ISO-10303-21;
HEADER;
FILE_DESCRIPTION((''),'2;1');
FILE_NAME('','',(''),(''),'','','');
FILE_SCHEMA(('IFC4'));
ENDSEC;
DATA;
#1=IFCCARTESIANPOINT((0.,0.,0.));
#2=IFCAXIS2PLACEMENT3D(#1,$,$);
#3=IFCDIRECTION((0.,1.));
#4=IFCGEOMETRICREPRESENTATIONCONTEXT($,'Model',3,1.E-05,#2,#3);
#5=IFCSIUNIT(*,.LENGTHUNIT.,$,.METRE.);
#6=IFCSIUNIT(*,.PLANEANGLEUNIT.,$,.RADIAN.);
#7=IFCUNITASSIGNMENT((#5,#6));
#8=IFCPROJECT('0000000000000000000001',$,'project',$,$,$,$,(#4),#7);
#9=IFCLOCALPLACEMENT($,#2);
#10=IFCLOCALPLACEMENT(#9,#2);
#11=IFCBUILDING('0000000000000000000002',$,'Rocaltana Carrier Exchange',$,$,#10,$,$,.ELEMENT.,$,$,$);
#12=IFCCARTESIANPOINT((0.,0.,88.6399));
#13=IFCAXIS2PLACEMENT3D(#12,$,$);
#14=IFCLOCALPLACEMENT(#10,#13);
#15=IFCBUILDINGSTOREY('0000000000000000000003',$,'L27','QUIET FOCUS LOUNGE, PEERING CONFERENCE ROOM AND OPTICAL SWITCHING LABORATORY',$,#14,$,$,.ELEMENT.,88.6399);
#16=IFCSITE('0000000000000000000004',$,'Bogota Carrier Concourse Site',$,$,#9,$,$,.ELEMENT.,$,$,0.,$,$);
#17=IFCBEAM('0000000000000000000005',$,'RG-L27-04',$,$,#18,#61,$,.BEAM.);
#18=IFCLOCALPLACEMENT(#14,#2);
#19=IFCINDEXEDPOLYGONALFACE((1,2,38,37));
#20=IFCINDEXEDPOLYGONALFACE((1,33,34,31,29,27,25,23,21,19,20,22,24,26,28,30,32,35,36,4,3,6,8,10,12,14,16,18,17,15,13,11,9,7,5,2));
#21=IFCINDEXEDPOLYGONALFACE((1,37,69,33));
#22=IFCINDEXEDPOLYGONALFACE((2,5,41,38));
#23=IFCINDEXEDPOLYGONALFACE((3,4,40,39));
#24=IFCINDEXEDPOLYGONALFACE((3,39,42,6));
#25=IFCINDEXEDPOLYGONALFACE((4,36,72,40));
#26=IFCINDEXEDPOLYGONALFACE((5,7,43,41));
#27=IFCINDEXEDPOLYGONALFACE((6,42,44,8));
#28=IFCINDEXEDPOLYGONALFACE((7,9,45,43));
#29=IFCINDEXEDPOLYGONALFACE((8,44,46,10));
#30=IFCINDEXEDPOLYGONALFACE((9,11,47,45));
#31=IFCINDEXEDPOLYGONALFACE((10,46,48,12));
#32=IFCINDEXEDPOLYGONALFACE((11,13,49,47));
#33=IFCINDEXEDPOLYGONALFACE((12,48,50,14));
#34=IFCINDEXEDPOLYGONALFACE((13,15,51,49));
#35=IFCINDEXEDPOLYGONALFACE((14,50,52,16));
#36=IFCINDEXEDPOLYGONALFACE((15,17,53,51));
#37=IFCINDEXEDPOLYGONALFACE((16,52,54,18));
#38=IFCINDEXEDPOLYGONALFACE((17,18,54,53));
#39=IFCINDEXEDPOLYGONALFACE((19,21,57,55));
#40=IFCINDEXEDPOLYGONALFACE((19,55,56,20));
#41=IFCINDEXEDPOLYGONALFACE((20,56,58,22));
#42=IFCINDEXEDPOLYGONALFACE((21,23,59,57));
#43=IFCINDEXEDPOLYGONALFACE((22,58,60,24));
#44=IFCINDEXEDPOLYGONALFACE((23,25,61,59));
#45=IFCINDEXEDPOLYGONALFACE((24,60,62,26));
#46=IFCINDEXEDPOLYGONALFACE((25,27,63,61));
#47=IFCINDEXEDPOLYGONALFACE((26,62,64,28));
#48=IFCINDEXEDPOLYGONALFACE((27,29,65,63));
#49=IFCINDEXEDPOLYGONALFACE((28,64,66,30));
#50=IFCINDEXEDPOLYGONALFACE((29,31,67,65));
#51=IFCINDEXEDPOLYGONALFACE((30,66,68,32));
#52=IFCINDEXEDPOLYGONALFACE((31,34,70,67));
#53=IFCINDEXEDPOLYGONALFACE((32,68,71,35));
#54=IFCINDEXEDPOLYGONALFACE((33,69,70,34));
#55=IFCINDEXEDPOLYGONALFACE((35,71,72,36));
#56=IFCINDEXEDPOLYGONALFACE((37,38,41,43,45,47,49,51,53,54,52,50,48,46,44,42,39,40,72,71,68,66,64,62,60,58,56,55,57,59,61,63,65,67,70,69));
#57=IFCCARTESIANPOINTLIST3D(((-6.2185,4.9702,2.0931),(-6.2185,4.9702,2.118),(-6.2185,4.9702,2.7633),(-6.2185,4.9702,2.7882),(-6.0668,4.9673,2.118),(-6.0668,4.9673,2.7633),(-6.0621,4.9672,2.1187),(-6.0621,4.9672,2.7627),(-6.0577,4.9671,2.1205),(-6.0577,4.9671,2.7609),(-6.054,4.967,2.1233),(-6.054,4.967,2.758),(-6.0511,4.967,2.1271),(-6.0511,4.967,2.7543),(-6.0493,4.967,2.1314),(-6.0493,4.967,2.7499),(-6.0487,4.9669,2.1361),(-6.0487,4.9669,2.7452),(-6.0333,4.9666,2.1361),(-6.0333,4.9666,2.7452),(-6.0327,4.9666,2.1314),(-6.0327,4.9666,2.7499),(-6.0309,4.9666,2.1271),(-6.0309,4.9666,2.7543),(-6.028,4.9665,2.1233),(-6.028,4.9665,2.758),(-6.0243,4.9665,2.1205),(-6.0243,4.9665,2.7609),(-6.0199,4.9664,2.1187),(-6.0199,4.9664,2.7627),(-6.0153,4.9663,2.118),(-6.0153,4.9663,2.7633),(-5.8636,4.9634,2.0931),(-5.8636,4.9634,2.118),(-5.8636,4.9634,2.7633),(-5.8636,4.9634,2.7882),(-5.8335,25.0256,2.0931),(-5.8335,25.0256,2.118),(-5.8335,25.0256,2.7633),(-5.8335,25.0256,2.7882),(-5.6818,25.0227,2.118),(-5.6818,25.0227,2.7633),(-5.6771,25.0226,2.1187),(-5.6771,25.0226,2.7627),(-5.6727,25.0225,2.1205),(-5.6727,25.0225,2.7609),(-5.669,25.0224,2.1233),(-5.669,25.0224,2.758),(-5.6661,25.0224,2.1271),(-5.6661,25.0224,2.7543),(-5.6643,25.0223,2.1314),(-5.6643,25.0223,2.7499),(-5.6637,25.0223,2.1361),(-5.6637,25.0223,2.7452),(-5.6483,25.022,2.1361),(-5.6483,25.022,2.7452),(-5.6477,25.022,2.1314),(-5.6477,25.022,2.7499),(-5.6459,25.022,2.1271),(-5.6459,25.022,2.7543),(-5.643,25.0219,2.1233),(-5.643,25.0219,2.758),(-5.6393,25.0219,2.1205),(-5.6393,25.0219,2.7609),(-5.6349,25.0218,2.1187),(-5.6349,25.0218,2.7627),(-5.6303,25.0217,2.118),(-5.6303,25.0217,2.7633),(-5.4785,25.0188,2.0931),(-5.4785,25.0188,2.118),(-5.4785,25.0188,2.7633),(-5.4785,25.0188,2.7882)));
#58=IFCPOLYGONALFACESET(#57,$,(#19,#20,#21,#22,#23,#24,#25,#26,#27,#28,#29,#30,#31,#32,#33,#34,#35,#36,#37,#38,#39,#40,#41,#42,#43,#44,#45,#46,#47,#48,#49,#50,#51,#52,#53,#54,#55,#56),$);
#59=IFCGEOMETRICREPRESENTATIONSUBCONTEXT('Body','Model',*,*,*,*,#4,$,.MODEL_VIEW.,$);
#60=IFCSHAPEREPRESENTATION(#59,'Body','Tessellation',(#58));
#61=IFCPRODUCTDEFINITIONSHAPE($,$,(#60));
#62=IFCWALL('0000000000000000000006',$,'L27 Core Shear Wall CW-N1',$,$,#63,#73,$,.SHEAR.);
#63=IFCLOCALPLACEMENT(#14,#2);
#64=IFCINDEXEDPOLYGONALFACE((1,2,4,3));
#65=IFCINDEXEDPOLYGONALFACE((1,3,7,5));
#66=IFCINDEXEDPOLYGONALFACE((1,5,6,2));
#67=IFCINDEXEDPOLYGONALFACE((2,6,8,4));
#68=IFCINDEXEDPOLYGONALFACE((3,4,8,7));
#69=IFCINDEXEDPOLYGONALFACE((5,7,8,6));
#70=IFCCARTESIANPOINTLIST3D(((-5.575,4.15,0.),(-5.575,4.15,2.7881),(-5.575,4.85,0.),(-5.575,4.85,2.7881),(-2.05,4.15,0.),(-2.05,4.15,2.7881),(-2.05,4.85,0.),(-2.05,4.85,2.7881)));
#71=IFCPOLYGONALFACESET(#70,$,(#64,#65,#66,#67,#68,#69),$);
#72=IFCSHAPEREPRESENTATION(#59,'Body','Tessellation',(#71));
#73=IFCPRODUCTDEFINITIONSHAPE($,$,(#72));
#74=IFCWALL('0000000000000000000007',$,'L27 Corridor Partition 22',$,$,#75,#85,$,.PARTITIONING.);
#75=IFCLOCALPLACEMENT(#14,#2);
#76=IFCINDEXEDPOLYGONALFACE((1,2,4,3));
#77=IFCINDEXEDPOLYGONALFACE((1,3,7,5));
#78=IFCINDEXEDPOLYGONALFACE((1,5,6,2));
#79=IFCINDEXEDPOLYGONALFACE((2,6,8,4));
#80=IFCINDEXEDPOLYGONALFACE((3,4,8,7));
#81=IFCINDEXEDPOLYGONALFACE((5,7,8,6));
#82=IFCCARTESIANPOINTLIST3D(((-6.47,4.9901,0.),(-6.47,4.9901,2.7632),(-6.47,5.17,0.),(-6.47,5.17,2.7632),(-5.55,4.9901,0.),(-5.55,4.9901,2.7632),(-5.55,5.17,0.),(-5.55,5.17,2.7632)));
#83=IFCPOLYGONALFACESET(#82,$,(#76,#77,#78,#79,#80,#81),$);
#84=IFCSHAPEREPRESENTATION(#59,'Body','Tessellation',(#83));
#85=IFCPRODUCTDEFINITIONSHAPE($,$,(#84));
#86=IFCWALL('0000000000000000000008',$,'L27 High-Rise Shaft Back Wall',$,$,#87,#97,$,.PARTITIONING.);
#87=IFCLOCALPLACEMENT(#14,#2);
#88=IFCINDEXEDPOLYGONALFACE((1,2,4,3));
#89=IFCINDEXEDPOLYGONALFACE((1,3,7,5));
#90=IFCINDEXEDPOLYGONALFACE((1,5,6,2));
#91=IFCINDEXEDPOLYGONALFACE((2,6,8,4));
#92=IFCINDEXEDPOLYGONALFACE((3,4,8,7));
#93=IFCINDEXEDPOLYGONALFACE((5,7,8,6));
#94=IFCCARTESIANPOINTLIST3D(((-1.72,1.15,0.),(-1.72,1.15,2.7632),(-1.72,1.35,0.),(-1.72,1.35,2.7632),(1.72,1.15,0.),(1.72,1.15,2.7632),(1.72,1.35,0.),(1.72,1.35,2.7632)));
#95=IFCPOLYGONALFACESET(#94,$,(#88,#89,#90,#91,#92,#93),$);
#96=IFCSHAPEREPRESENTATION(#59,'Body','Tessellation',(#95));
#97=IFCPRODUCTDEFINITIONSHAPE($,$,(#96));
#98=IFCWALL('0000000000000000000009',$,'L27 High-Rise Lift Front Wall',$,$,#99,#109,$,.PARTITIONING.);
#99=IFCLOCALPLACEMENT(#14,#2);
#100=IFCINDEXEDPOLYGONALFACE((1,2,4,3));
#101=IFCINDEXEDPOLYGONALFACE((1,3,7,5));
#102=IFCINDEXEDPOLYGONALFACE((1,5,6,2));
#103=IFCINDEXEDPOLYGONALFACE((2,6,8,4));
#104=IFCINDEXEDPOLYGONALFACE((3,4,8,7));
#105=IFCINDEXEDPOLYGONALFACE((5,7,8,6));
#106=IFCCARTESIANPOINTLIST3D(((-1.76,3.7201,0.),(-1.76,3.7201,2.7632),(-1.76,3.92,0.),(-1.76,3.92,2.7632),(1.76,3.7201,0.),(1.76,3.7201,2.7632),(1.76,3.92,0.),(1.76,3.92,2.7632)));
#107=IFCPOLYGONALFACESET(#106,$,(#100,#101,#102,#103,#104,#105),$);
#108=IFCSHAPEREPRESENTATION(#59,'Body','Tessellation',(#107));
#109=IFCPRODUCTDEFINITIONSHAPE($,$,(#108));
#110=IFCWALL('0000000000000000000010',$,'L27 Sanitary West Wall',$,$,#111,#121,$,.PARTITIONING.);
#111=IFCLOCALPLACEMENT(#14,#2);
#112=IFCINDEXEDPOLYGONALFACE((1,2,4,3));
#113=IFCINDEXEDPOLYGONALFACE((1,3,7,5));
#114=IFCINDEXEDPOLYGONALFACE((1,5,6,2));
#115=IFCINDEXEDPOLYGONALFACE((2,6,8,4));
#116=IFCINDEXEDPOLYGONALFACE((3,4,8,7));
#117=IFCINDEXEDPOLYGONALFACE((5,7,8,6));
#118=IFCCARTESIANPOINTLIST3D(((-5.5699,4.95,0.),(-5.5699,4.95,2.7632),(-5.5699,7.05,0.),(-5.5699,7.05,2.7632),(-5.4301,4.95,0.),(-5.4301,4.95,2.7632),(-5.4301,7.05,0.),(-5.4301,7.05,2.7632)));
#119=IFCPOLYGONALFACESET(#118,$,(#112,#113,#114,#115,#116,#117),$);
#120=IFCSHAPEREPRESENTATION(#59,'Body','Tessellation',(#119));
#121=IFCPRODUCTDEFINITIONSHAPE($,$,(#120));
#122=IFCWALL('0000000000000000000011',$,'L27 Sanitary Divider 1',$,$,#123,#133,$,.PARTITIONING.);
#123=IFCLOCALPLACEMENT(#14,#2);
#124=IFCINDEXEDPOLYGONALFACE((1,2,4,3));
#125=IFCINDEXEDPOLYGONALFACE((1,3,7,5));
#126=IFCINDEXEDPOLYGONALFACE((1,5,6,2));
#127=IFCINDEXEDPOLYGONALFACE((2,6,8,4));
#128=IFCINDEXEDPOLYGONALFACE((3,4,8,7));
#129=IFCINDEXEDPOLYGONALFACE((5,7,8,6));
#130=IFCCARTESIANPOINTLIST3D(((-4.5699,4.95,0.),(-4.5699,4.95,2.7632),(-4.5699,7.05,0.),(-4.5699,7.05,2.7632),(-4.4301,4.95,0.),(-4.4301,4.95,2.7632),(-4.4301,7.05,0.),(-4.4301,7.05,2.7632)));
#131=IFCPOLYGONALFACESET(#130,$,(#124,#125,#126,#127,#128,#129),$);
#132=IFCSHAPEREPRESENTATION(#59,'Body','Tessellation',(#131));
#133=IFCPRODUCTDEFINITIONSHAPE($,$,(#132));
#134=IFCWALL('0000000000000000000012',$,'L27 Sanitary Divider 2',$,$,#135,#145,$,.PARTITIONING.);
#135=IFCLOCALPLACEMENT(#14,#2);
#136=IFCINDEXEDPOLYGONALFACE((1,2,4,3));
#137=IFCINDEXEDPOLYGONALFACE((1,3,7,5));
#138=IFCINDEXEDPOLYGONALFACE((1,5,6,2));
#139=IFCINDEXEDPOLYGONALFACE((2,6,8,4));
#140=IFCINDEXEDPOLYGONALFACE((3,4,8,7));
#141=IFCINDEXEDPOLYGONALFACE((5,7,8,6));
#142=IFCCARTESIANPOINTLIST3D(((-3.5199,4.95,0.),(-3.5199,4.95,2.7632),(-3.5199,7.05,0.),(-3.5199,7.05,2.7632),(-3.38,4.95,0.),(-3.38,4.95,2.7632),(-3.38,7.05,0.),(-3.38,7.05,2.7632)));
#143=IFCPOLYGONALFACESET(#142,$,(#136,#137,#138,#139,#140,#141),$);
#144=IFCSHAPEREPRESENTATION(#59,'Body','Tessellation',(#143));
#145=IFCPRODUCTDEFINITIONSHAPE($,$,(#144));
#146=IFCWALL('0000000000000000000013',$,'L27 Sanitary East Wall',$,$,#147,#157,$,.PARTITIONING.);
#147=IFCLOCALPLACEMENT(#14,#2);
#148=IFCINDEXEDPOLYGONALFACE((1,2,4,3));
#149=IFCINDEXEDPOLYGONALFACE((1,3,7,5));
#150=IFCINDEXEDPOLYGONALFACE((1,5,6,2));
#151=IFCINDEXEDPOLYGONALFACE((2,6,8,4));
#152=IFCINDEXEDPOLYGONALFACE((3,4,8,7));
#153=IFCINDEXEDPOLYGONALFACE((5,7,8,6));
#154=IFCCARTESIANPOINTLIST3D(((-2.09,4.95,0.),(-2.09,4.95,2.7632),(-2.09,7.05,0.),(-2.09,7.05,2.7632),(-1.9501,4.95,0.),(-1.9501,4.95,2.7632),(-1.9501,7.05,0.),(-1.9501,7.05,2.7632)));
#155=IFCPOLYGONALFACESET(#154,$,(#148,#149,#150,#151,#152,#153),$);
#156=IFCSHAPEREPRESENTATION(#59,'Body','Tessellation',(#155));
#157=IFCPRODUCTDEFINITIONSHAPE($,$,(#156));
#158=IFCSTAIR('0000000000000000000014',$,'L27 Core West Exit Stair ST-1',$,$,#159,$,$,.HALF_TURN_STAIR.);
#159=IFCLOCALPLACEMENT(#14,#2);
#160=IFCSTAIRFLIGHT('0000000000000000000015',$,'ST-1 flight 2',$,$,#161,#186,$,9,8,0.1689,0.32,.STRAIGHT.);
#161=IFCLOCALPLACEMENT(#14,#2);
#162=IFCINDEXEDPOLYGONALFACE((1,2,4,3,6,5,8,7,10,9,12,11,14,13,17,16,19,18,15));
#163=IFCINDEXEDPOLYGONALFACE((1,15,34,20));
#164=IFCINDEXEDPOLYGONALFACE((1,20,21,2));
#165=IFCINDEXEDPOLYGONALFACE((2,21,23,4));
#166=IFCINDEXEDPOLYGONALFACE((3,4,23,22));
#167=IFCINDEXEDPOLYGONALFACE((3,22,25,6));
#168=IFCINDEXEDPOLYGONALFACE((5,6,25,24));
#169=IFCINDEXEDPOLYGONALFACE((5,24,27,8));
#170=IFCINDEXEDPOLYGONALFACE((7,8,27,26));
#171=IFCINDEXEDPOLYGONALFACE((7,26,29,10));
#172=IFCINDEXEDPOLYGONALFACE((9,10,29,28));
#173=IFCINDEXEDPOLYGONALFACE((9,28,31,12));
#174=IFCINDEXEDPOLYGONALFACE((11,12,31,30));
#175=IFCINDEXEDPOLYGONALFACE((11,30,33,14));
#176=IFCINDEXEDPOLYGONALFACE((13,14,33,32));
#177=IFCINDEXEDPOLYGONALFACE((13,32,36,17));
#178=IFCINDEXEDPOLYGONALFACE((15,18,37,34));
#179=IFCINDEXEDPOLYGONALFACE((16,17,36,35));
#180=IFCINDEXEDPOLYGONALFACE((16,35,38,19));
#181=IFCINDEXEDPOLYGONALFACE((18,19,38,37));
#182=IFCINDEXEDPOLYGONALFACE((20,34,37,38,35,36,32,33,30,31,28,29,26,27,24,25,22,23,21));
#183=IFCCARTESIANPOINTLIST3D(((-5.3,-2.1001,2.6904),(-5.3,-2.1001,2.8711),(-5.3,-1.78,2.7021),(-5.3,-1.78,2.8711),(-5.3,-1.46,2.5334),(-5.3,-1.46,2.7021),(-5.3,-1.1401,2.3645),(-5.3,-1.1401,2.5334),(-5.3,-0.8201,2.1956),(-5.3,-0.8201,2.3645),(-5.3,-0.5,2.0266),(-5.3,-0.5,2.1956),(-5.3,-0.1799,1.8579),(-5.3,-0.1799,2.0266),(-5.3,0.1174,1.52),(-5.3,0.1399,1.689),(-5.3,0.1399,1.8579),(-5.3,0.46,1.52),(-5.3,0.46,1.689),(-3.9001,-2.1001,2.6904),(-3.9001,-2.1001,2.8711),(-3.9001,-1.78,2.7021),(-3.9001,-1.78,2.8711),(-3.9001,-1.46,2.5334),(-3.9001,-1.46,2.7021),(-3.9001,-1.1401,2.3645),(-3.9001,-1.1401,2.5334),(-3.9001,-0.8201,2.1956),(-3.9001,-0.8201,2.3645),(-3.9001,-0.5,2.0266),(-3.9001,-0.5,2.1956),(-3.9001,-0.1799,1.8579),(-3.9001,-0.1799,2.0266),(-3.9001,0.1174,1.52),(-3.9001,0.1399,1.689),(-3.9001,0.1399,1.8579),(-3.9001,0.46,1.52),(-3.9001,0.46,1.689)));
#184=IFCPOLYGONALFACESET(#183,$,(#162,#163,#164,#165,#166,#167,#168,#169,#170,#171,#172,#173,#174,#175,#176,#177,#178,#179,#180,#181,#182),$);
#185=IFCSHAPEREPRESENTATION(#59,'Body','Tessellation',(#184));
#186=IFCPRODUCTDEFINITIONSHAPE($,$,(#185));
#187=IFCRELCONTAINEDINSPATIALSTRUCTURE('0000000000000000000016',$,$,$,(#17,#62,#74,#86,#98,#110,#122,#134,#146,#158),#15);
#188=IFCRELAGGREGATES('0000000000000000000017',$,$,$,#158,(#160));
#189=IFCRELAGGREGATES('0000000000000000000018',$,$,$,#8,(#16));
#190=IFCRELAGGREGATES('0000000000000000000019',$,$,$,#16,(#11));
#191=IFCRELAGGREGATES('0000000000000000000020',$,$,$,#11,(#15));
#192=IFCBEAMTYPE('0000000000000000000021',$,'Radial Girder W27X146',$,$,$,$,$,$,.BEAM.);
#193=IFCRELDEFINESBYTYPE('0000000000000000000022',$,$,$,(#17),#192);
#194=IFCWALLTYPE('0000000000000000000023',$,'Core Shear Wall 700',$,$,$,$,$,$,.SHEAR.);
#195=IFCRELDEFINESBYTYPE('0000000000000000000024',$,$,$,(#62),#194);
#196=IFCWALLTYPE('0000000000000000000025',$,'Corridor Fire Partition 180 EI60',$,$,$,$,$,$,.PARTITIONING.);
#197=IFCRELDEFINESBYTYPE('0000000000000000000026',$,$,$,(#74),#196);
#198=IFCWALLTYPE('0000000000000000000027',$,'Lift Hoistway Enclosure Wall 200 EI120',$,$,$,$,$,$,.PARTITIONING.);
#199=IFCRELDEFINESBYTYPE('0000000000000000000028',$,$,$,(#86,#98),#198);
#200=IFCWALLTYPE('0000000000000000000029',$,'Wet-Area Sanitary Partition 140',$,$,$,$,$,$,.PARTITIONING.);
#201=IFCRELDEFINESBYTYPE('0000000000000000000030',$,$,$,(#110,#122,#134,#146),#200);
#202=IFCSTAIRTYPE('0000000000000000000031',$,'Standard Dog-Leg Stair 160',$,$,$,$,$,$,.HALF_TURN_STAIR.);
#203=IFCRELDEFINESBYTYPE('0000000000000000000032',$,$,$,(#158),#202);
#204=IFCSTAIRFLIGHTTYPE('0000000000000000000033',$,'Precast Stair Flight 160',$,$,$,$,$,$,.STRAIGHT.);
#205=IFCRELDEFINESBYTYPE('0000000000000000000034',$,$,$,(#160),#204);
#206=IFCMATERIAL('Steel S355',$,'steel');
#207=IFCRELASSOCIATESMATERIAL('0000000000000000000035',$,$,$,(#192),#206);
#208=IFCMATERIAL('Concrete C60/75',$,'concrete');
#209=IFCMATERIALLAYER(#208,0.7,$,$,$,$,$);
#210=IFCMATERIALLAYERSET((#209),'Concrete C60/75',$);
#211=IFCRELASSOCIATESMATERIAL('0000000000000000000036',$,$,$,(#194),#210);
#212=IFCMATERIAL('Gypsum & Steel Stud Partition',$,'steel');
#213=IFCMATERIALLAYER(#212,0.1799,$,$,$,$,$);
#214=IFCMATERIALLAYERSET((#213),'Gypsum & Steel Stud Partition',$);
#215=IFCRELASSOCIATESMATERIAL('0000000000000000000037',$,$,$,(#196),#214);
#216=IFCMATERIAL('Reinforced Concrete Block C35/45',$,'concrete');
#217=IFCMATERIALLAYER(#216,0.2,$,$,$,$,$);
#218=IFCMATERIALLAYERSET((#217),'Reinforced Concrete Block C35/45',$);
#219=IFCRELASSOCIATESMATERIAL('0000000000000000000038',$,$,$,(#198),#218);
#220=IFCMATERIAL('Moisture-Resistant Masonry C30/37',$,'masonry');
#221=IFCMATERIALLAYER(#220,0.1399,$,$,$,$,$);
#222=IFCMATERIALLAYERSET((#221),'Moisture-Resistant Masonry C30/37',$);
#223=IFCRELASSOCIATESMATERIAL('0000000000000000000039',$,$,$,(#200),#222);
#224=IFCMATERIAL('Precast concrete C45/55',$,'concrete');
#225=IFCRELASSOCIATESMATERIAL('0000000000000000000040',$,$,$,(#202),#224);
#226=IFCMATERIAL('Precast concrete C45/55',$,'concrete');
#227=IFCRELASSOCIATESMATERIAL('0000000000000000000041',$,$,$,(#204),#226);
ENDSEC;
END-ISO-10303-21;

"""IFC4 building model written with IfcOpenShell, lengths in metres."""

from ifc_helpers import new_model, si_unit, direction, frame, frame_2d, origin, origin_2d, place, context, subcontext, project, spatial, polyline, rectangle, i_section, outline, extrude, material, layer, layer_set, material_profile, profile_set, type_object, element, aggregate, save


model = new_model("IFC4")

# Units and contexts
model_context = context("Model", 3, precision=1e-05, world=origin(), true_north=direction((0.0, 1.0)))
body_context = subcontext(model_context, "Body", "Model", "MODEL_VIEW")
ifc_project = project(units=[si_unit("LENGTHUNIT", "METRE"), si_unit("PLANEANGLEUNIT", "RADIAN")], contexts=[model_context])

# Site, building, storey
site_placement = place(None, origin())
site = spatial("IfcSite", under=ifc_project, at=site_placement, Name="Bogota Carrier Concourse Site", CompositionType="ELEMENT", RefElevation=0.0)
building_placement = place(site_placement, origin())
building = spatial("IfcBuilding", under=site, at=building_placement, Name="Rocaltana Carrier Exchange", CompositionType="ELEMENT")
storey_placement = place(building_placement, frame((0.0, 0.0, 88.6399)))
storey = spatial("IfcBuildingStorey", under=building, at=storey_placement, Name="L27", Description="QUIET FOCUS LOUNGE, PEERING CONFERENCE ROOM AND OPTICAL SWITCHING LABORATORY", CompositionType="ELEMENT", Elevation=88.6399)

# Beam
ifc_material_1 = material(Name="Steel S355", Category="steel")
ifc_material_profile_1 = material_profile(ifc_material_1, i_section(OverallWidth=0.355, OverallDepth=0.6951, WebThickness=0.0154, FlangeThickness=0.0249, FilletRadius=0.0181, at=origin_2d()), Name="W27X146")
ifc_profile_set_1 = profile_set([ifc_material_profile_1], Name="Steel S355")
beam_type_1 = type_object("IfcBeamType", Name="Radial Girder W27X146", PredefinedType="BEAM", material=ifc_profile_set_1)
beam_1_placement = place(storey_placement, frame((-6.041, 4.9668, 2.4407), z_axis=(0.019194, 0.999816, 0.0), x_axis=(-0.999816, 0.019194, 0.0)))
element("IfcBeam", 1, at=beam_1_placement, inside=storey, type_object=beam_type_1, Name="RG-L27-04", PredefinedType="BEAM", context=body_context, shape_type="SweptSolid", body=[
    extrude(i_section(OverallWidth=0.355, OverallDepth=0.6951, WebThickness=0.0154, FlangeThickness=0.0249, FilletRadius=0.0181, at=origin_2d()), origin(), (0.0, 0.0, 1.0), 20.0591),
])

# Walls
ifc_material_2 = material(Name="Concrete C60/75", Category="concrete")
ifc_layer_1 = layer(ifc_material_2, 0.7)
ifc_layer_set_1 = layer_set([ifc_layer_1], Name="Concrete C60/75")
wall_type_1 = type_object("IfcWallType", Name="Core Shear Wall 700", PredefinedType="SHEAR", material=ifc_layer_set_1)
wall_1_placement = place(storey_placement, frame((-5.575, 4.5, 0.0), z_axis=(0.0, 0.0, 1.0), x_axis=(1.0, 0.0, 0.0)))
element("IfcWall", 2, at=wall_1_placement, inside=storey, type_object=wall_type_1, Name="L27 Core Shear Wall CW-N1", PredefinedType="SHEAR", context=body_context, shape_type="SweptSolid", body=[
    extrude(rectangle(XDim=3.5249, YDim=0.7, at=frame_2d((1.7625, 0.0))), origin(), (0.0, 0.0, 1.0), 2.7881),
])
ifc_material_3 = material(Name="Gypsum & Steel Stud Partition", Category="steel")
ifc_layer_2 = layer(ifc_material_3, 0.1799)
ifc_layer_set_2 = layer_set([ifc_layer_2], Name="Gypsum & Steel Stud Partition")
wall_type_2 = type_object("IfcWallType", Name="Corridor Fire Partition 180 EI60", PredefinedType="PARTITIONING", material=ifc_layer_set_2)
wall_2_placement = place(storey_placement, frame((-5.55, 5.0801, 0.0), z_axis=(0.0, 0.0, 1.0), x_axis=(-1.0, 0.0, 0.0)))
element("IfcWall", 3, at=wall_2_placement, inside=storey, type_object=wall_type_2, Name="L27 Corridor Partition 22", PredefinedType="PARTITIONING", context=body_context, shape_type="SweptSolid", body=[
    extrude(rectangle(XDim=0.9199, YDim=0.1799, at=frame_2d((0.46, 0.0))), origin(), (0.0, 0.0, 1.0), 2.7632),
])
ifc_material_4 = material(Name="Reinforced Concrete Block C35/45", Category="concrete")
ifc_layer_3 = layer(ifc_material_4, 0.2)
ifc_layer_set_3 = layer_set([ifc_layer_3], Name="Reinforced Concrete Block C35/45")
wall_type_3 = type_object("IfcWallType", Name="Lift Hoistway Enclosure Wall 200 EI120", PredefinedType="PARTITIONING", material=ifc_layer_set_3)
wall_3_placement = place(storey_placement, frame((-1.72, 1.25, 0.0), z_axis=(0.0, 0.0, 1.0), x_axis=(1.0, 0.0, 0.0)))
element("IfcWall", 4, at=wall_3_placement, inside=storey, type_object=wall_type_3, Name="L27 High-Rise Shaft Back Wall", PredefinedType="PARTITIONING", context=body_context, shape_type="SweptSolid", body=[
    extrude(rectangle(XDim=3.4399, YDim=0.2, at=frame_2d((1.72, 0.0))), origin(), (0.0, 0.0, 1.0), 2.7632),
])
wall_4_placement = place(storey_placement, frame((-1.76, 3.8201, 0.0), z_axis=(0.0, 0.0, 1.0), x_axis=(1.0, 0.0, 0.0)))
element("IfcWall", 5, at=wall_4_placement, inside=storey, type_object=wall_type_3, Name="L27 High-Rise Lift Front Wall", PredefinedType="PARTITIONING", context=body_context, shape_type="SweptSolid", body=[
    extrude(rectangle(XDim=3.52, YDim=0.2, at=frame_2d((1.76, 0.0))), origin(), (0.0, 0.0, 1.0), 2.7632),
])
ifc_material_5 = material(Name="Moisture-Resistant Masonry C30/37", Category="masonry")
ifc_layer_4 = layer(ifc_material_5, 0.1399)
ifc_layer_set_4 = layer_set([ifc_layer_4], Name="Moisture-Resistant Masonry C30/37")
wall_type_4 = type_object("IfcWallType", Name="Wet-Area Sanitary Partition 140", PredefinedType="PARTITIONING", material=ifc_layer_set_4)
for number, where, z_axis, x_axis, name in (
    (6, (-5.5, 4.95, 0.0), (0.0, 0.0, 1.0), (0.0, 1.0, 0.0), "L27 Sanitary West Wall"),
    (7, (-4.5, 4.95, 0.0), (0.0, 0.0, 1.0), (0.0, 1.0, 0.0), "L27 Sanitary Divider 1"),
    (8, (-3.45, 4.95, 0.0), (0.0, 0.0, 1.0), (0.0, 1.0, 0.0), "L27 Sanitary Divider 2"),
    (9, (-2.02, 4.95, 0.0), (0.0, 0.0, 1.0), (0.0, 1.0, 0.0), "L27 Sanitary East Wall"),
):
    element("IfcWall", number, at=place(storey_placement, frame(where, z_axis=z_axis, x_axis=x_axis)), inside=storey, type_object=wall_type_4, Name=name, PredefinedType="PARTITIONING", context=body_context, shape_type="SweptSolid", body=[
        extrude(rectangle(XDim=2.1001, YDim=0.1399, at=frame_2d((1.05, 0.0))), origin(), (0.0, 0.0, 1.0), 2.7632),
    ])

# Stair, stair flight
ifc_material_6 = material(Name="Precast concrete C45/55", Category="concrete")
stair_type = type_object("IfcStairType", Name="Standard Dog-Leg Stair 160", PredefinedType="HALF_TURN_STAIR", material=ifc_material_6)
stair_placement = place(storey_placement, origin())
stair = element("IfcStair", 10, at=stair_placement, inside=storey, type_object=stair_type, Name="L27 Core West Exit Stair ST-1", PredefinedType="HALF_TURN_STAIR")
ifc_material_7 = material(Name="Precast concrete C45/55", Category="concrete")
stair_flight_type = type_object("IfcStairFlightType", Name="Precast Stair Flight 160", PredefinedType="STRAIGHT", material=ifc_material_7)
stair_flight_placement = place(storey_placement, frame((-4.6001, 0.46, 1.52), z_axis=(0.0, 0.0, 1.0), x_axis=(0.0, -1.0, 0.0)))
stair_flight = element("IfcStairFlight", 11, at=stair_flight_placement, type_object=stair_flight_type, Name="ST-1 flight 2", NumberOfRisers=9, NumberOfTreads=8, PredefinedType="STRAIGHT", RiserHeight=0.1689, TreadLength=0.32, context=body_context, shape_type="SweptSolid", body=[
    extrude(outline(polyline([(0.0, 0.0), (0.0, 0.1689), (0.3201, 0.1689), (0.3201, 0.3379), (0.6399, 0.3379), (0.6399, 0.5066), (0.96, 0.5066), (0.96, 0.6755), (1.28, 0.6755), (1.28, 0.8445), (1.6001, 0.8445), (1.6001, 1.0134), (1.9199, 1.0134), (1.9199, 1.1821), (2.24, 1.1821), (2.24, 1.3511), (2.5601, 1.3511), (2.5601, 1.52), (2.5601, 1.1704), (0.3425, 0.0), (0.0, 0.0)])), frame((0.0, 0.7, 0.0), z_axis=(0.0, -1.0, 0.0), x_axis=(1.0, 0.0, 0.0)), (0.0, 0.0, 1.0), 1.3999),
])
aggregate(stair, [stair_flight])

save(model, "model.ifc")
